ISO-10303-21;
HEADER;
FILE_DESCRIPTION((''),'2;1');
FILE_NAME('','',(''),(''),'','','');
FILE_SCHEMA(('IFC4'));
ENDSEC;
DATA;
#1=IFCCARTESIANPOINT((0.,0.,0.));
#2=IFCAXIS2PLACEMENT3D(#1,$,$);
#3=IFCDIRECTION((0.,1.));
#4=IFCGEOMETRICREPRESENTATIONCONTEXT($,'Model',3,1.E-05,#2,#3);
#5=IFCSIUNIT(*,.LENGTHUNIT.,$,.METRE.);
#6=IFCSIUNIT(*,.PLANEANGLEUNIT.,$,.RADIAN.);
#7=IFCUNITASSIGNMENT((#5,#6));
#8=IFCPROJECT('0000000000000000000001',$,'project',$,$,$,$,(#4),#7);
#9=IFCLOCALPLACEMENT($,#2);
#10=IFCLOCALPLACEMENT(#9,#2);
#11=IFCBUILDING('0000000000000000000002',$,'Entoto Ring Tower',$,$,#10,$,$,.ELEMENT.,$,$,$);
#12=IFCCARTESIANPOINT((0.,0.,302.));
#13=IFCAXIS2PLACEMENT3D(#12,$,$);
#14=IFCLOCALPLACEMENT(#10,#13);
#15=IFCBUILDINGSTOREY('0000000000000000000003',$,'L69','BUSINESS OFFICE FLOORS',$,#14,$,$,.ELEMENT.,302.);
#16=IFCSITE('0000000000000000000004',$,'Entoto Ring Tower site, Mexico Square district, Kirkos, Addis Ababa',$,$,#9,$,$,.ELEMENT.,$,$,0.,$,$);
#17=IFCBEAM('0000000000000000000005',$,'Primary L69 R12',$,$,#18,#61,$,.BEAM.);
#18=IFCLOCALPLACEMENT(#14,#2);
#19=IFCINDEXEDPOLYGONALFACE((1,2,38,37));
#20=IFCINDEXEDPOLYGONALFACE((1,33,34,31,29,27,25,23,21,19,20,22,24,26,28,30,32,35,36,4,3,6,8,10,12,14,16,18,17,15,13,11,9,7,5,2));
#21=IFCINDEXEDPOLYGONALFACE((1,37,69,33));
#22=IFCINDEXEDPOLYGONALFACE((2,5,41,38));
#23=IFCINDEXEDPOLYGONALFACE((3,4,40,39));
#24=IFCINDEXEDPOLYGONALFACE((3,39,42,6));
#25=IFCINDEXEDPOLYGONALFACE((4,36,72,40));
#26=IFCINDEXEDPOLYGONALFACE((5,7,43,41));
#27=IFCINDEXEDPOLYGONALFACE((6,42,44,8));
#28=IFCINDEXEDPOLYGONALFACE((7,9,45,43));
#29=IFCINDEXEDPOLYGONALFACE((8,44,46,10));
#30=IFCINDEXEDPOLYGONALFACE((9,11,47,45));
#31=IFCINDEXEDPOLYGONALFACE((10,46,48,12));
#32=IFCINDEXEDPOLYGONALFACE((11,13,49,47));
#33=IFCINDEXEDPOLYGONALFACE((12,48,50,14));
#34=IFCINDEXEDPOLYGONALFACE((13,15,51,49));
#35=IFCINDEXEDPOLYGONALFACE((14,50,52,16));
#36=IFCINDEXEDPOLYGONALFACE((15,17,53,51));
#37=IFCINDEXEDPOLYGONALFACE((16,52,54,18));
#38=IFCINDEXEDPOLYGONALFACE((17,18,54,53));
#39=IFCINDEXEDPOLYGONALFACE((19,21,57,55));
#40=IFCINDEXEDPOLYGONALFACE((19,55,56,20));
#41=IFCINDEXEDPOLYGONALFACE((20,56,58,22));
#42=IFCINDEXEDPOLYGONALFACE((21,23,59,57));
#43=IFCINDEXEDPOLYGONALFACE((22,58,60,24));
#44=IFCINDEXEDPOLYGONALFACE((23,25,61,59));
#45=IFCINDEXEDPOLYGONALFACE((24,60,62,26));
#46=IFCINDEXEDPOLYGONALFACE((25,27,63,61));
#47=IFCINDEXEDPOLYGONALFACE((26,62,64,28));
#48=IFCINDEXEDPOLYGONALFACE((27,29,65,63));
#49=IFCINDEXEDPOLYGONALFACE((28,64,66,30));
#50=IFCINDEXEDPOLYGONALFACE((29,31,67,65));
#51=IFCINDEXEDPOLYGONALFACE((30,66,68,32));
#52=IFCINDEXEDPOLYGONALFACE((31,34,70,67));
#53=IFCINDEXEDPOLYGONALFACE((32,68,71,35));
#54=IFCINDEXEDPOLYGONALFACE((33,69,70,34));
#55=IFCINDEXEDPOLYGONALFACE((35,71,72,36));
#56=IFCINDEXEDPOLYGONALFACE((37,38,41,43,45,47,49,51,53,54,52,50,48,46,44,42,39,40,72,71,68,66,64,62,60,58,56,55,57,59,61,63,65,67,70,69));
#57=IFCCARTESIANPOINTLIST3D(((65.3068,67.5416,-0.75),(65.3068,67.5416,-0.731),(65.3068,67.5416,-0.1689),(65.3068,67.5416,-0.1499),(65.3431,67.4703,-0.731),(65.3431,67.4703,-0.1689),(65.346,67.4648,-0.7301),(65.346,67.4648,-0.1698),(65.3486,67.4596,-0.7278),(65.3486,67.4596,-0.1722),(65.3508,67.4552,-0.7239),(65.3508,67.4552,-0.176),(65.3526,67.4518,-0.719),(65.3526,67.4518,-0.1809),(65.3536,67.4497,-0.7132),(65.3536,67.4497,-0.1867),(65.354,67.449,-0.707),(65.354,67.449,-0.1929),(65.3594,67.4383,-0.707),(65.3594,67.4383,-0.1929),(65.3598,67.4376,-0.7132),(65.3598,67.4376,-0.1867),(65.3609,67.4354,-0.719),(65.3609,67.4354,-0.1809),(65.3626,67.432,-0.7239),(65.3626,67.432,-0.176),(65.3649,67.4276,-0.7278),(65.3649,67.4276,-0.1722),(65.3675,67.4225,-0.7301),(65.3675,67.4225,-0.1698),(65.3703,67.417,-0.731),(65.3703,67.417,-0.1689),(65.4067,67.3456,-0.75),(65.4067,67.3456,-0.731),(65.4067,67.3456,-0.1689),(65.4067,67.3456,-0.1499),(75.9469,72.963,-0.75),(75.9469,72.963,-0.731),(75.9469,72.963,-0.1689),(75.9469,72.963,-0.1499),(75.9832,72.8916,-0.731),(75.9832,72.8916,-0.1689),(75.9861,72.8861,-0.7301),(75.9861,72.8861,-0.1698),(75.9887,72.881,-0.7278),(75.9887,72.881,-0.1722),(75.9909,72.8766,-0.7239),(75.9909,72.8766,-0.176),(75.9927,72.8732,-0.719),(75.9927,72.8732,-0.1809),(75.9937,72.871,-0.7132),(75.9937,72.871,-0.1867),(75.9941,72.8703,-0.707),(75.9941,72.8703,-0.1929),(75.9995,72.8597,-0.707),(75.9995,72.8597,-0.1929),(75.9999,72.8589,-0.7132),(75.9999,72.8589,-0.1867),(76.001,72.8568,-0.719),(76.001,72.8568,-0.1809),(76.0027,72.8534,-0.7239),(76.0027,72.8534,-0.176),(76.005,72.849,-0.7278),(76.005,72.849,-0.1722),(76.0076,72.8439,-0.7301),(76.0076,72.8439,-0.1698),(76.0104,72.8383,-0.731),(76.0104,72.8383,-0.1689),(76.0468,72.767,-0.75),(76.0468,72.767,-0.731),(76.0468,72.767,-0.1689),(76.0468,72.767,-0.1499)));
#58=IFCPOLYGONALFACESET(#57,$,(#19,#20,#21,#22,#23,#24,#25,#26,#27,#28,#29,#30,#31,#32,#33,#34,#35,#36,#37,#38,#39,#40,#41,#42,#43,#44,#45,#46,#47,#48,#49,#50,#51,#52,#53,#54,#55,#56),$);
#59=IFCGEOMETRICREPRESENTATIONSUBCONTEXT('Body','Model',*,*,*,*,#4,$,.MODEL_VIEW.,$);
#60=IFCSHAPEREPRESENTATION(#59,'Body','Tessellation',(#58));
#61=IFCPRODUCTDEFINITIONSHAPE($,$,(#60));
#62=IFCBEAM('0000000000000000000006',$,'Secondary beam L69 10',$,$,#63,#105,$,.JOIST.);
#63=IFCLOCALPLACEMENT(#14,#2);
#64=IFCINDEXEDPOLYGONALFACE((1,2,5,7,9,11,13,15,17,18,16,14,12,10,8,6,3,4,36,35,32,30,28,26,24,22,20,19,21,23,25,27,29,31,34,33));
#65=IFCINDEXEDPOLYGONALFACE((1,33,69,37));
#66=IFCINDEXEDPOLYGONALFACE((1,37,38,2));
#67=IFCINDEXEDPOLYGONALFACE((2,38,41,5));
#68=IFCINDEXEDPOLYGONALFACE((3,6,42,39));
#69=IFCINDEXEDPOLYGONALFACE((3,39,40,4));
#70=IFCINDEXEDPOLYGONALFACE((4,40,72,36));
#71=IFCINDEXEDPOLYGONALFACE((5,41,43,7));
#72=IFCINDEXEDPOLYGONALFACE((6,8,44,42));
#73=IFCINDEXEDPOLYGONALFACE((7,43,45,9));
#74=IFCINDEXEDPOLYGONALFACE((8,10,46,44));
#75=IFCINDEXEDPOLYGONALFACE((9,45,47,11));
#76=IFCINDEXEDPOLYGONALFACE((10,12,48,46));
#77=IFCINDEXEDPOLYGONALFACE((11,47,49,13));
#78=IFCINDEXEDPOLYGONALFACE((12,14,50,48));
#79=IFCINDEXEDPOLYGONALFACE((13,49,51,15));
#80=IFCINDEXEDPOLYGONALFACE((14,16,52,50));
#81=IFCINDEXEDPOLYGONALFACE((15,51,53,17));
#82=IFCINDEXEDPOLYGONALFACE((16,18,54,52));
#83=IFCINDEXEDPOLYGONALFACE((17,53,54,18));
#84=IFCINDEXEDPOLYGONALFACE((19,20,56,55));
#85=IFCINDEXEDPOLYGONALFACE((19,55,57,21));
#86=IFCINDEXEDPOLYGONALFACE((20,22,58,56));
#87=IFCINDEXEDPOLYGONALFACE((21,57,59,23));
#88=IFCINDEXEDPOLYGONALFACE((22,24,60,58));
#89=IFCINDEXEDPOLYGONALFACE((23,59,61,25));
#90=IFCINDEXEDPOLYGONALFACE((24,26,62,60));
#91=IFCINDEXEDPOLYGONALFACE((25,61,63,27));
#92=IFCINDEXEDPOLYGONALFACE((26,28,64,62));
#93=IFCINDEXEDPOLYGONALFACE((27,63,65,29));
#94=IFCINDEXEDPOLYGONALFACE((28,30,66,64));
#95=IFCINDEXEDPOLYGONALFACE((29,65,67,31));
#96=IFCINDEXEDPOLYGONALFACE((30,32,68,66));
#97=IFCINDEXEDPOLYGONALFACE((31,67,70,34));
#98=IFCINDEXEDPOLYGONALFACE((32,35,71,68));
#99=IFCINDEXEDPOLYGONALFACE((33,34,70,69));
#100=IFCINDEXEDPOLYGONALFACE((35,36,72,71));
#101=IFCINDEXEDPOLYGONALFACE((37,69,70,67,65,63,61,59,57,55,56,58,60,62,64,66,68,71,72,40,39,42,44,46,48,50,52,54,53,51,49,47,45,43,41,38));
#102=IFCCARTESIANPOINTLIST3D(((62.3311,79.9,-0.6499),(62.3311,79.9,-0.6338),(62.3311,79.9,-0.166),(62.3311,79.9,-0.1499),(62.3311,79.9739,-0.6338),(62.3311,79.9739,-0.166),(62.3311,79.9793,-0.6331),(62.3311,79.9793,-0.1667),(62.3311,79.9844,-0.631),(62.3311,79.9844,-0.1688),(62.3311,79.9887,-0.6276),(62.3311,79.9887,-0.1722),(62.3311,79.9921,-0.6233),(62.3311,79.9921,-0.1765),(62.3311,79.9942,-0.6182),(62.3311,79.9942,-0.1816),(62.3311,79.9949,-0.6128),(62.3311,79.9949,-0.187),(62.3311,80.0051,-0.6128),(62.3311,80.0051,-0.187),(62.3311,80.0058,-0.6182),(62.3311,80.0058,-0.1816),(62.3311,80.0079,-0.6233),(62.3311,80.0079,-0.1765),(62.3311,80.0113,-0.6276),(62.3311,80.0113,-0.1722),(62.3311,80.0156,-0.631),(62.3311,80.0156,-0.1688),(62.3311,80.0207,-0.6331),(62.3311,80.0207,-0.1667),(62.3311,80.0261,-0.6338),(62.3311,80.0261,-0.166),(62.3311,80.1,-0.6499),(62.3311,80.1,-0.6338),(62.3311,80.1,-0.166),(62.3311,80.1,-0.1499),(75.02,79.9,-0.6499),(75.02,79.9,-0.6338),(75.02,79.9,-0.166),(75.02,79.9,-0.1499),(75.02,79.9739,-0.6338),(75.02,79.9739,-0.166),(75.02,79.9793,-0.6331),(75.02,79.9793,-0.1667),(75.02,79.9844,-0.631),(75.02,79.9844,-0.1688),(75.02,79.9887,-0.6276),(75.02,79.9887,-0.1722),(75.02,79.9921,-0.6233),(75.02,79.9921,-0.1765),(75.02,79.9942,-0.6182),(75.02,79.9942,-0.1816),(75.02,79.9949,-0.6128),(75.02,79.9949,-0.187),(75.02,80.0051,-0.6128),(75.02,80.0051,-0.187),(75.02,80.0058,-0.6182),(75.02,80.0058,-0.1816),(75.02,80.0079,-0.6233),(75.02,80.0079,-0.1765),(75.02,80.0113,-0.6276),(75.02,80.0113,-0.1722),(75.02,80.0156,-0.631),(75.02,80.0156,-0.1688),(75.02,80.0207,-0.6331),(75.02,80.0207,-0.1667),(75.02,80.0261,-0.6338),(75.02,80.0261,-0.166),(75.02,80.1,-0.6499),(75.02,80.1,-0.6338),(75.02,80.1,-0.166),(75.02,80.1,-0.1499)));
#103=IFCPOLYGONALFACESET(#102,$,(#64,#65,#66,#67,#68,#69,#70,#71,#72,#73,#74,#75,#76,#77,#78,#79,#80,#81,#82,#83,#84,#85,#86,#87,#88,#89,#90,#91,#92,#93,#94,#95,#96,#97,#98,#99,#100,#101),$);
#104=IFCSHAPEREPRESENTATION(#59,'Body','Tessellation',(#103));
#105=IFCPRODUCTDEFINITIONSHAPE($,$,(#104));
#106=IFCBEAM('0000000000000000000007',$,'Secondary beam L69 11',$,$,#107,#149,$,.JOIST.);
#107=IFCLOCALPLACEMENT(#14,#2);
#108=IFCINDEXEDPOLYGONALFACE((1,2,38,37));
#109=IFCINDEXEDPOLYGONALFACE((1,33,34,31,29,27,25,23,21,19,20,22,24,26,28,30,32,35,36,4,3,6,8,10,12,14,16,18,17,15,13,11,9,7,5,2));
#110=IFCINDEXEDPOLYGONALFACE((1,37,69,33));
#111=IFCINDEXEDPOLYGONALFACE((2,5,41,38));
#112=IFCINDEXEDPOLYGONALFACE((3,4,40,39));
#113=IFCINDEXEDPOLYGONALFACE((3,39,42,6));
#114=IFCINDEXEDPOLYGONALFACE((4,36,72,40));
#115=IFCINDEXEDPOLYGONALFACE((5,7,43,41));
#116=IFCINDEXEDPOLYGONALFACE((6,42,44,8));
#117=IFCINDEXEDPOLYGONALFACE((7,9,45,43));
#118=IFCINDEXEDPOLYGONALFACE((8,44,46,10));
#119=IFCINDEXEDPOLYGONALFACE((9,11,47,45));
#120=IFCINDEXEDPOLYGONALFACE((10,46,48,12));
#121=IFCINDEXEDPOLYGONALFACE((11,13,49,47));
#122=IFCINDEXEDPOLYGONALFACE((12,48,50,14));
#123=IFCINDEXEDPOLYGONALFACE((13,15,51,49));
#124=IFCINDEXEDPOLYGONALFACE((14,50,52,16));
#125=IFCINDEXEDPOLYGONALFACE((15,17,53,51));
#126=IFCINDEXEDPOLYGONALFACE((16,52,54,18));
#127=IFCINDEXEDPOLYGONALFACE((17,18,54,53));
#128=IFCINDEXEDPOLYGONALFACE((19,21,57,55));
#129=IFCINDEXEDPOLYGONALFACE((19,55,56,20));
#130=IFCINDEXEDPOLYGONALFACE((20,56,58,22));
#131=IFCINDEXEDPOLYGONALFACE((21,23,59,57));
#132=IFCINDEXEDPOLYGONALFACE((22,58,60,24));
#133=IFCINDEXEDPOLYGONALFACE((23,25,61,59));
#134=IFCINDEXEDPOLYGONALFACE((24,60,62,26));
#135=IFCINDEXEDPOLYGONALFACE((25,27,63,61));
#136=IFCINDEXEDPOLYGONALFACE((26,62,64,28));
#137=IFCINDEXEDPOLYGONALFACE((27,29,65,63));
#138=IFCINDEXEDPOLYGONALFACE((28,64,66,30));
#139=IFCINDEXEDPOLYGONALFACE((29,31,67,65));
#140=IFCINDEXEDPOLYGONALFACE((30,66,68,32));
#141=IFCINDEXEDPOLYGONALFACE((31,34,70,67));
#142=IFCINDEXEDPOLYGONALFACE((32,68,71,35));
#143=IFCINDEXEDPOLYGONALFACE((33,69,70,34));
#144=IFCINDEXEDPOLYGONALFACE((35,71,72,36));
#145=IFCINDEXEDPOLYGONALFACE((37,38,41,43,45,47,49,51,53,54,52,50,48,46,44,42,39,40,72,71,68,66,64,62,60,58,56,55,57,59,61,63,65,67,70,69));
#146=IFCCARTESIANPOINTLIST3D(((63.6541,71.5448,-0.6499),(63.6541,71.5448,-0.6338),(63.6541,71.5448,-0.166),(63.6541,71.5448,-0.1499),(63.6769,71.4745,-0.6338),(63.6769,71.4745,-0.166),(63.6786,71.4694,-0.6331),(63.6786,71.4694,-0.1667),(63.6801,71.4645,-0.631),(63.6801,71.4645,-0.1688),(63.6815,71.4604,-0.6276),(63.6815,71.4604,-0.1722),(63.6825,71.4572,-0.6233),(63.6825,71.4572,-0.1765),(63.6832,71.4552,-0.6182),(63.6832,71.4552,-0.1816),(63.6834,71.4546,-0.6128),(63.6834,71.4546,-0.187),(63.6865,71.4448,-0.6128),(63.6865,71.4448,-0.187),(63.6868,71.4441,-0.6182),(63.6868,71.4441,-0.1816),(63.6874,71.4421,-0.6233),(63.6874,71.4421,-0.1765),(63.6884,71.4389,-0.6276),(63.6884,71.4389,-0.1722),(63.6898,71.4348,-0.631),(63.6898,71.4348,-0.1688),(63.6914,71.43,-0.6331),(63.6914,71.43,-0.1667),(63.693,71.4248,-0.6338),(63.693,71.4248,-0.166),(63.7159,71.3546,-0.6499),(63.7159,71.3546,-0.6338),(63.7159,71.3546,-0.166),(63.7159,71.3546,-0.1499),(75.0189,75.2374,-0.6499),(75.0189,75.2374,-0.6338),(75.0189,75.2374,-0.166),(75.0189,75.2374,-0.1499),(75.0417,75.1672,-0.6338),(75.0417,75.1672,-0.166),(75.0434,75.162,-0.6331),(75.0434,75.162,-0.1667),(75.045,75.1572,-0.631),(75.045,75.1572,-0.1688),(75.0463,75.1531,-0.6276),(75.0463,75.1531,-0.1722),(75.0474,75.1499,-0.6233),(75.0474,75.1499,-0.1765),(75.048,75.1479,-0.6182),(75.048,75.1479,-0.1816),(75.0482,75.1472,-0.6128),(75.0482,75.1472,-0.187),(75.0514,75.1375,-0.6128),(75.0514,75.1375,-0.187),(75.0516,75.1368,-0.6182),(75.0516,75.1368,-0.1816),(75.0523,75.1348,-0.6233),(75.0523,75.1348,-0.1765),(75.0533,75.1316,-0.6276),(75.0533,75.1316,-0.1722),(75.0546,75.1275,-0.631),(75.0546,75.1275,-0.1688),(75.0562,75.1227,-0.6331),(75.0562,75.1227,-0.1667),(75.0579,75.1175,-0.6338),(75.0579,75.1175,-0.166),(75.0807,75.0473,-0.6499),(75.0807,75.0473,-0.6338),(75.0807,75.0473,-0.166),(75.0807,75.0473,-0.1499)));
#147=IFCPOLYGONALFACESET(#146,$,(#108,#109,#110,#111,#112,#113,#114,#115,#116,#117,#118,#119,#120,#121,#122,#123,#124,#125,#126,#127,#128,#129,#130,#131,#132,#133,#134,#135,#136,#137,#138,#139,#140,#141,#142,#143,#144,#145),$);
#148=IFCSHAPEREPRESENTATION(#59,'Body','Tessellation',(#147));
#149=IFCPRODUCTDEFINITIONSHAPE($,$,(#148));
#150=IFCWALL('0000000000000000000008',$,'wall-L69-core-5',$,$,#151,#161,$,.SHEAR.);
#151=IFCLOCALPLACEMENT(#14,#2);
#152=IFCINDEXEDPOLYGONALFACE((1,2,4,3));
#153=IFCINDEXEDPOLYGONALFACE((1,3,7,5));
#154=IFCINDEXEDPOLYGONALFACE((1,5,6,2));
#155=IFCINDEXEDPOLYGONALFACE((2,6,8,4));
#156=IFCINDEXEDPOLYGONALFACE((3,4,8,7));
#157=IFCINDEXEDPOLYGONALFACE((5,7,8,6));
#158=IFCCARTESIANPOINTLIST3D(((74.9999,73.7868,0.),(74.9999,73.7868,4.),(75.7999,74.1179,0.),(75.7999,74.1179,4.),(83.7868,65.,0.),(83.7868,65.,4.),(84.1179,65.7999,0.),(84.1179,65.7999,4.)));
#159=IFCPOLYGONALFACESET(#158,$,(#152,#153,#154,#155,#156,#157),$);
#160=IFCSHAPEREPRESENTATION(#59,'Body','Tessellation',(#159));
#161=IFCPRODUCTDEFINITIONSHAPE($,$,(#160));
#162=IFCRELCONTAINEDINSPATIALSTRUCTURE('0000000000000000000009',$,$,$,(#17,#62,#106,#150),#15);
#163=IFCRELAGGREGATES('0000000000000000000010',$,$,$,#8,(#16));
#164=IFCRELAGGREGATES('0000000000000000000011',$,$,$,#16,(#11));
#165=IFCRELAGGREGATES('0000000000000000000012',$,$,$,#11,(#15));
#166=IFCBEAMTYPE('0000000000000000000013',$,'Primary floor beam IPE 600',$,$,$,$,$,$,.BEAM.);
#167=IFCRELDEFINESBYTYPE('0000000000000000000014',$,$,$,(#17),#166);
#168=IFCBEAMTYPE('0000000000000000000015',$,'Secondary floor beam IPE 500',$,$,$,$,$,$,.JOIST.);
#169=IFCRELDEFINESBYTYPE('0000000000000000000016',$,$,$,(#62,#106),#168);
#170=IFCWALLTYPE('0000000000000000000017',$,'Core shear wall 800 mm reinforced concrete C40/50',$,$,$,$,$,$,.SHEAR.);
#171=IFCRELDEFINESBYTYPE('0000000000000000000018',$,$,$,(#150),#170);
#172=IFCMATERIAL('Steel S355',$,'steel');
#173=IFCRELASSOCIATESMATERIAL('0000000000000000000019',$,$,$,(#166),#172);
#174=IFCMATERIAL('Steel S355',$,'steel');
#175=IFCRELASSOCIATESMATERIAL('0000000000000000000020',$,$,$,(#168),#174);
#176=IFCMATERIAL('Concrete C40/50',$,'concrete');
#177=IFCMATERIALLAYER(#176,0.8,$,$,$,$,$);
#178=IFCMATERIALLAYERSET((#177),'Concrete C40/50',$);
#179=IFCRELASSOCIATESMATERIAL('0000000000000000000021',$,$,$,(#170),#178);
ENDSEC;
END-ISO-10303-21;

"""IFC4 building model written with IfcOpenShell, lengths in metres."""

from ifc_helpers import new_model, si_unit, direction, frame, origin, origin_2d, place, context, subcontext, project, spatial, polyline, i_section, outline, extrude, material, layer, layer_set, material_profile, profile_set, type_object, element, save


model = new_model("IFC4")

# Units and contexts
model_context = context("Model", 3, precision=1e-05, world=origin(), true_north=direction((0.0, 1.0)))
body_context = subcontext(model_context, "Body", "Model", "MODEL_VIEW")
ifc_project = project(units=[si_unit("LENGTHUNIT", "METRE"), si_unit("PLANEANGLEUNIT", "RADIAN")], contexts=[model_context])

# Site, building, storey
site_placement = place(None, origin())
site = spatial("IfcSite", under=ifc_project, at=site_placement, Name="Entoto Ring Tower site, Mexico Square district, Kirkos, Addis Ababa", CompositionType="ELEMENT", RefElevation=0.0)
building_placement = place(site_placement, origin())
building = spatial("IfcBuilding", under=site, at=building_placement, Name="Entoto Ring Tower", CompositionType="ELEMENT")
storey_placement = place(building_placement, frame((0.0, 0.0, 302.0)))
storey = spatial("IfcBuildingStorey", under=building, at=storey_placement, Name="L69", Description="BUSINESS OFFICE FLOORS", CompositionType="ELEMENT", Elevation=302.0)

# Beams
ifc_material_1 = material(Name="Steel S355", Category="steel")
ifc_material_profile_1 = material_profile(ifc_material_1, i_section(OverallWidth=0.22, OverallDepth=0.6001, WebThickness=0.012, FlangeThickness=0.019, FilletRadius=0.0239, at=origin_2d()), Name="IPE 600")
ifc_profile_set_1 = profile_set([ifc_material_profile_1], Name="Steel S355")
beam_type_1 = type_object("IfcBeamType", Name="Primary floor beam IPE 600", PredefinedType="BEAM", material=ifc_profile_set_1)
beam_1_placement = place(storey_placement, frame((75.9968, 72.865, -0.45), z_axis=(-0.891008, -0.453988, 0.0), x_axis=(0.453988, -0.891008, 0.0)))
element("IfcBeam", 1, at=beam_1_placement, inside=storey, type_object=beam_type_1, Name="Primary L69 R12", PredefinedType="BEAM", context=body_context, shape_type="SweptSolid", body=[
    extrude(i_section(OverallWidth=0.22, OverallDepth=0.6001, WebThickness=0.012, FlangeThickness=0.019, FilletRadius=0.0239, at=origin_2d()), origin(), (0.0, 0.0, 1.0), 11.9417),
])
ifc_material_2 = material(Name="Steel S355", Category="steel")
ifc_material_profile_2 = material_profile(ifc_material_2, i_section(OverallWidth=0.2, OverallDepth=0.5, WebThickness=0.0103, FlangeThickness=0.0161, FilletRadius=0.021, at=origin_2d()), Name="IPE 500")
ifc_profile_set_2 = profile_set([ifc_material_profile_2], Name="Steel S355")
beam_type_2 = type_object("IfcBeamType", Name="Secondary floor beam IPE 500", PredefinedType="JOIST", material=ifc_profile_set_2)
beam_2_placement = place(storey_placement, frame((75.02, 80.0, -0.3999), z_axis=(-1.0, 0.0, 0.0), x_axis=(0.0, -1.0, 0.0)))
element("IfcBeam", 2, at=beam_2_placement, inside=storey, type_object=beam_type_2, Name="Secondary beam L69 10", PredefinedType="JOIST", context=body_context, shape_type="SweptSolid", body=[
    extrude(i_section(OverallWidth=0.2, OverallDepth=0.5, WebThickness=0.0103, FlangeThickness=0.0161, FilletRadius=0.021, at=origin_2d()), origin(), (0.0, 0.0, 1.0), 12.689),
])
beam_3_placement = place(storey_placement, frame((75.0498, 75.1423, -0.3999), z_axis=(-0.951057, -0.309017, 0.0), x_axis=(0.309017, -0.951057, 0.0)))
element("IfcBeam", 3, at=beam_3_placement, inside=storey, type_object=beam_type_2, Name="Secondary beam L69 11", PredefinedType="JOIST", context=body_context, shape_type="SweptSolid", body=[
    extrude(i_section(OverallWidth=0.2, OverallDepth=0.5, WebThickness=0.0103, FlangeThickness=0.0161, FilletRadius=0.021, at=origin_2d()), origin(), (0.0, 0.0, 1.0), 11.9497),
])

# Wall
ifc_material_3 = material(Name="Concrete C40/50", Category="concrete")
ifc_layer_1 = layer(ifc_material_3, 0.8)
ifc_layer_set_1 = layer_set([ifc_layer_1], Name="Concrete C40/50")
wall_type_1 = type_object("IfcWallType", Name="Core shear wall 800 mm reinforced concrete C40/50", PredefinedType="SHEAR", material=ifc_layer_set_1)
wall_1_placement = place(storey_placement, frame((75.3999, 73.9524, 0.0), z_axis=(0.0, 0.0, 1.0), x_axis=(0.707107, -0.707107, 0.0)))
element("IfcWall", 4, at=wall_1_placement, inside=storey, type_object=wall_type_1, Name="wall-L69-core-5", PredefinedType="SHEAR", context=body_context, shape_type="SweptSolid", body=[
    extrude(outline(polyline([(-0.1658, -0.3999), (12.2607, -0.3999), (11.9292, 0.3999), (0.1658, 0.3999), (-0.1658, -0.3999)])), origin(), (0.0, 0.0, 1.0), 4.0),
])

save(model, "model.ifc")
